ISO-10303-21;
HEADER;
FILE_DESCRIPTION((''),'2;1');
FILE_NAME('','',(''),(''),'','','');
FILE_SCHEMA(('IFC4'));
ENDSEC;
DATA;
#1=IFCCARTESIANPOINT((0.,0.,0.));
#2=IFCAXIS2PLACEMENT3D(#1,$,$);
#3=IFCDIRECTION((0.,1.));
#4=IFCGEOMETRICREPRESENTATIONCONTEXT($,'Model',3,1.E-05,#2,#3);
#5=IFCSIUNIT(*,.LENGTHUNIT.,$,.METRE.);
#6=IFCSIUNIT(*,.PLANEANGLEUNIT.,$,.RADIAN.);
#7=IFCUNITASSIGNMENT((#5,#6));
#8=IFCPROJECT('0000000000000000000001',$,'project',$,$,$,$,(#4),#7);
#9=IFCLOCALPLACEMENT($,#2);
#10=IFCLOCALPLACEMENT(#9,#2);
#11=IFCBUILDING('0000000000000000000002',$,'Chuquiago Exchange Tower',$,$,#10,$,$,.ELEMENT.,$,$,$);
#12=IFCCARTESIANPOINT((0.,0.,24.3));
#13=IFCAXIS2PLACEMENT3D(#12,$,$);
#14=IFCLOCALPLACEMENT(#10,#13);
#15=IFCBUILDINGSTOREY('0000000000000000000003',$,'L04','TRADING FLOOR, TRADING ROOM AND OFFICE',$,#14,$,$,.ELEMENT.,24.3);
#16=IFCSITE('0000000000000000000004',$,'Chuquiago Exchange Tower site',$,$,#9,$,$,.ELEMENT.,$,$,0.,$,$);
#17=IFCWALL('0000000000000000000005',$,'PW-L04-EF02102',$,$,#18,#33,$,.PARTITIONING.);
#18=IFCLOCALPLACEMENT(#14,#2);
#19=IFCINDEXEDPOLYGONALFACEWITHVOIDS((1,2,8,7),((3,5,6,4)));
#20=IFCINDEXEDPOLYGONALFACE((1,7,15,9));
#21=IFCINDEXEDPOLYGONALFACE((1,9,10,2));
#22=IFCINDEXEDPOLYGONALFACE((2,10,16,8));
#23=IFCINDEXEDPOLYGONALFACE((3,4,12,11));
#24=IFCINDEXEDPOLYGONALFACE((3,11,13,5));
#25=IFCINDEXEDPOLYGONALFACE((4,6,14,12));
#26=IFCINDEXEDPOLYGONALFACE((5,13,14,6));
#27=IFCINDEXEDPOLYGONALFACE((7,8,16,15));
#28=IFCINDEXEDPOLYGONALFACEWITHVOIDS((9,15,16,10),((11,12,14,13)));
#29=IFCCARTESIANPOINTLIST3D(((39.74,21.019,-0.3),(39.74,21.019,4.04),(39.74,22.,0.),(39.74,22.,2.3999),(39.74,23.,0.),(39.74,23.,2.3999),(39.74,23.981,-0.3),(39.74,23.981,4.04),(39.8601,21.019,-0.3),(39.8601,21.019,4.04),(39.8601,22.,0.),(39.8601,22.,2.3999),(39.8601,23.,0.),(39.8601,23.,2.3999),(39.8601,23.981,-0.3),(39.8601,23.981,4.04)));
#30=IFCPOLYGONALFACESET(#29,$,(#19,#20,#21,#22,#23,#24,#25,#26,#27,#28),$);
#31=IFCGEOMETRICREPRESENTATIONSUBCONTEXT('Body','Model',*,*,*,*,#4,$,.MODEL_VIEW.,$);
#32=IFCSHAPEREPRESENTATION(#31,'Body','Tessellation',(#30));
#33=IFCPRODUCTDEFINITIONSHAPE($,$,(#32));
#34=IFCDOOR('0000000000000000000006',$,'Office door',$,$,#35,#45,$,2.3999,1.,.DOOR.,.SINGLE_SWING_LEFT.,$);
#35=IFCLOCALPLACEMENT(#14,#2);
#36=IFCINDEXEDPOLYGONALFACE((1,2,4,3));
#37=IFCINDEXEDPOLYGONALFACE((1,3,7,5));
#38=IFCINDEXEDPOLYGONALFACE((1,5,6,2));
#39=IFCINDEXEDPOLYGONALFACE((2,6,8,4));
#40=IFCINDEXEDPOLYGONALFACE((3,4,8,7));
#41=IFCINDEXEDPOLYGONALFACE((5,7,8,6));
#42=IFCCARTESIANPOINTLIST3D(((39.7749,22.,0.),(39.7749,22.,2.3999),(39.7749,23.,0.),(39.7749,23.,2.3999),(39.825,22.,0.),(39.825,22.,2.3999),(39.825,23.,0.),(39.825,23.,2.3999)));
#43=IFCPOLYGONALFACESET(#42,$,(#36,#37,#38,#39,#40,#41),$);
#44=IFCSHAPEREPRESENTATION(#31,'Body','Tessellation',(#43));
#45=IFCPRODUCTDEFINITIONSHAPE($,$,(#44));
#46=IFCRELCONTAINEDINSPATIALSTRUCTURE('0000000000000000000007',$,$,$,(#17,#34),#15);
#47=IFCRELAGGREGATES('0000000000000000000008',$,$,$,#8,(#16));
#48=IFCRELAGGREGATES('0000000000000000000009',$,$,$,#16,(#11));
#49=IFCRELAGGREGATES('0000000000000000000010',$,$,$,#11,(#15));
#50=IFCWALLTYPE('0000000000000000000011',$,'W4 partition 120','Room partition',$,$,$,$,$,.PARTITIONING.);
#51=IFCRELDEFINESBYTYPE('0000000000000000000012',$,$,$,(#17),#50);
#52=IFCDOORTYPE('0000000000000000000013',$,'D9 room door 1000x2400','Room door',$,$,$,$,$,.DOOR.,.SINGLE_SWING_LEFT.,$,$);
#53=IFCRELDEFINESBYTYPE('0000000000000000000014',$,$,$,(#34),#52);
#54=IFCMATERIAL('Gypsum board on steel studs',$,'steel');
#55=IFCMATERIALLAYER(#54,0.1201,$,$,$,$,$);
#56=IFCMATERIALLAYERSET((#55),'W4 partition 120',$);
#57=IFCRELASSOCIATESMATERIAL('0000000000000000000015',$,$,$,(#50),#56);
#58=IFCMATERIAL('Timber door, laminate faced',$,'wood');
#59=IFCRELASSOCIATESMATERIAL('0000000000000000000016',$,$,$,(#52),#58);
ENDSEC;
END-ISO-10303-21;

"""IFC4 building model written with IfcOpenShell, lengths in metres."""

from ifc_helpers import new_model, si_unit, direction, frame, frame_2d, origin, place, context, subcontext, project, spatial, rectangle, extrude, material, layer, layer_set, type_object, element, fill, save


model = new_model("IFC4")

# Units and contexts
model_context = context("Model", 3, precision=1e-05, world=origin(), true_north=direction((0.0, 1.0)))
body_context = subcontext(model_context, "Body", "Model", "MODEL_VIEW")
ifc_project = project(units=[si_unit("LENGTHUNIT", "METRE"), si_unit("PLANEANGLEUNIT", "RADIAN")], contexts=[model_context])

# Site, building, storey
site_placement = place(None, origin())
site = spatial("IfcSite", under=ifc_project, at=site_placement, Name="Chuquiago Exchange Tower site", CompositionType="ELEMENT", RefElevation=0.0)
building_placement = place(site_placement, origin())
building = spatial("IfcBuilding", under=site, at=building_placement, Name="Chuquiago Exchange Tower", CompositionType="ELEMENT")
storey_placement = place(building_placement, frame((0.0, 0.0, 24.3)))
storey = spatial("IfcBuildingStorey", under=building, at=storey_placement, Name="L04", Description="TRADING FLOOR, TRADING ROOM AND OFFICE", CompositionType="ELEMENT", Elevation=24.3)

# Shared definitions
ifc_material_1 = material(Name="Gypsum board on steel studs", Category="steel")
ifc_layer_1 = layer(ifc_material_1, 0.1201)
ifc_layer_set_1 = layer_set([ifc_layer_1], Name="W4 partition 120")
wall_type_1 = type_object("IfcWallType", Name="W4 partition 120", Description="Room partition", PredefinedType="PARTITIONING", material=ifc_layer_set_1)

# Wall, opening, door
ifc_material_2 = material(Name="Timber door, laminate faced", Category="wood")
door_type = type_object("IfcDoorType", Name="D9 room door 1000x2400", Description="Room door", OperationType="SINGLE_SWING_LEFT", PredefinedType="DOOR", material=ifc_material_2)
wall_1_placement = place(storey_placement, frame((39.8, 21.019, -0.3), z_axis=(0.0, 0.0, 1.0), x_axis=(0.0, 1.0, 0.0)))
wall_1 = element("IfcWall", 1, at=wall_1_placement, inside=storey, type_object=wall_type_1, Name="PW-L04-EF02102", PredefinedType="PARTITIONING", context=body_context, shape_type="SweptSolid", body=[
    extrude(rectangle(XDim=2.9619, YDim=0.1201, at=frame_2d((1.481, 0.0))), origin(), (0.0, 0.0, 1.0), 4.3401),
])
opening_1_placement = place(wall_1_placement, frame((0.981, 0.0, 0.3)))
opening_1 = element("IfcOpeningElement", 2, at=opening_1_placement, cuts=wall_1, PredefinedType="OPENING", context=body_context, shape_type="SweptSolid", body=[
    extrude(rectangle(XDim=1.0, YDim=2.3999, at=frame_2d((0.5, 1.2))), frame((0.0, 0.0701, 0.0), z_axis=(0.0, -1.0, 0.0), x_axis=(1.0, 0.0, 0.0)), (0.0, 0.0, 1.0), 0.1401),
])
door_1_placement = place(opening_1_placement, frame((1.0, 0.0, 0.0), z_axis=(0.0, 0.0, 1.0), x_axis=(-1.0, 0.0, 0.0)))
door_1 = element("IfcDoor", 3, at=door_1_placement, inside=storey, type_object=door_type, Name="Office door", OperationType="SINGLE_SWING_LEFT", OverallHeight=2.3999, OverallWidth=1.0, PredefinedType="DOOR", context=body_context, shape_type="SweptSolid", body=[
    extrude(rectangle(XDim=1.0, YDim=2.3999, at=frame_2d((0.5, 1.2))), frame((0.0, 0.0249, 0.0), z_axis=(0.0, -1.0, 0.0), x_axis=(1.0, 0.0, 0.0)), (0.0, 0.0, 1.0), 0.05),
])
fill(opening_1, door_1)

save(model, "model.ifc")
